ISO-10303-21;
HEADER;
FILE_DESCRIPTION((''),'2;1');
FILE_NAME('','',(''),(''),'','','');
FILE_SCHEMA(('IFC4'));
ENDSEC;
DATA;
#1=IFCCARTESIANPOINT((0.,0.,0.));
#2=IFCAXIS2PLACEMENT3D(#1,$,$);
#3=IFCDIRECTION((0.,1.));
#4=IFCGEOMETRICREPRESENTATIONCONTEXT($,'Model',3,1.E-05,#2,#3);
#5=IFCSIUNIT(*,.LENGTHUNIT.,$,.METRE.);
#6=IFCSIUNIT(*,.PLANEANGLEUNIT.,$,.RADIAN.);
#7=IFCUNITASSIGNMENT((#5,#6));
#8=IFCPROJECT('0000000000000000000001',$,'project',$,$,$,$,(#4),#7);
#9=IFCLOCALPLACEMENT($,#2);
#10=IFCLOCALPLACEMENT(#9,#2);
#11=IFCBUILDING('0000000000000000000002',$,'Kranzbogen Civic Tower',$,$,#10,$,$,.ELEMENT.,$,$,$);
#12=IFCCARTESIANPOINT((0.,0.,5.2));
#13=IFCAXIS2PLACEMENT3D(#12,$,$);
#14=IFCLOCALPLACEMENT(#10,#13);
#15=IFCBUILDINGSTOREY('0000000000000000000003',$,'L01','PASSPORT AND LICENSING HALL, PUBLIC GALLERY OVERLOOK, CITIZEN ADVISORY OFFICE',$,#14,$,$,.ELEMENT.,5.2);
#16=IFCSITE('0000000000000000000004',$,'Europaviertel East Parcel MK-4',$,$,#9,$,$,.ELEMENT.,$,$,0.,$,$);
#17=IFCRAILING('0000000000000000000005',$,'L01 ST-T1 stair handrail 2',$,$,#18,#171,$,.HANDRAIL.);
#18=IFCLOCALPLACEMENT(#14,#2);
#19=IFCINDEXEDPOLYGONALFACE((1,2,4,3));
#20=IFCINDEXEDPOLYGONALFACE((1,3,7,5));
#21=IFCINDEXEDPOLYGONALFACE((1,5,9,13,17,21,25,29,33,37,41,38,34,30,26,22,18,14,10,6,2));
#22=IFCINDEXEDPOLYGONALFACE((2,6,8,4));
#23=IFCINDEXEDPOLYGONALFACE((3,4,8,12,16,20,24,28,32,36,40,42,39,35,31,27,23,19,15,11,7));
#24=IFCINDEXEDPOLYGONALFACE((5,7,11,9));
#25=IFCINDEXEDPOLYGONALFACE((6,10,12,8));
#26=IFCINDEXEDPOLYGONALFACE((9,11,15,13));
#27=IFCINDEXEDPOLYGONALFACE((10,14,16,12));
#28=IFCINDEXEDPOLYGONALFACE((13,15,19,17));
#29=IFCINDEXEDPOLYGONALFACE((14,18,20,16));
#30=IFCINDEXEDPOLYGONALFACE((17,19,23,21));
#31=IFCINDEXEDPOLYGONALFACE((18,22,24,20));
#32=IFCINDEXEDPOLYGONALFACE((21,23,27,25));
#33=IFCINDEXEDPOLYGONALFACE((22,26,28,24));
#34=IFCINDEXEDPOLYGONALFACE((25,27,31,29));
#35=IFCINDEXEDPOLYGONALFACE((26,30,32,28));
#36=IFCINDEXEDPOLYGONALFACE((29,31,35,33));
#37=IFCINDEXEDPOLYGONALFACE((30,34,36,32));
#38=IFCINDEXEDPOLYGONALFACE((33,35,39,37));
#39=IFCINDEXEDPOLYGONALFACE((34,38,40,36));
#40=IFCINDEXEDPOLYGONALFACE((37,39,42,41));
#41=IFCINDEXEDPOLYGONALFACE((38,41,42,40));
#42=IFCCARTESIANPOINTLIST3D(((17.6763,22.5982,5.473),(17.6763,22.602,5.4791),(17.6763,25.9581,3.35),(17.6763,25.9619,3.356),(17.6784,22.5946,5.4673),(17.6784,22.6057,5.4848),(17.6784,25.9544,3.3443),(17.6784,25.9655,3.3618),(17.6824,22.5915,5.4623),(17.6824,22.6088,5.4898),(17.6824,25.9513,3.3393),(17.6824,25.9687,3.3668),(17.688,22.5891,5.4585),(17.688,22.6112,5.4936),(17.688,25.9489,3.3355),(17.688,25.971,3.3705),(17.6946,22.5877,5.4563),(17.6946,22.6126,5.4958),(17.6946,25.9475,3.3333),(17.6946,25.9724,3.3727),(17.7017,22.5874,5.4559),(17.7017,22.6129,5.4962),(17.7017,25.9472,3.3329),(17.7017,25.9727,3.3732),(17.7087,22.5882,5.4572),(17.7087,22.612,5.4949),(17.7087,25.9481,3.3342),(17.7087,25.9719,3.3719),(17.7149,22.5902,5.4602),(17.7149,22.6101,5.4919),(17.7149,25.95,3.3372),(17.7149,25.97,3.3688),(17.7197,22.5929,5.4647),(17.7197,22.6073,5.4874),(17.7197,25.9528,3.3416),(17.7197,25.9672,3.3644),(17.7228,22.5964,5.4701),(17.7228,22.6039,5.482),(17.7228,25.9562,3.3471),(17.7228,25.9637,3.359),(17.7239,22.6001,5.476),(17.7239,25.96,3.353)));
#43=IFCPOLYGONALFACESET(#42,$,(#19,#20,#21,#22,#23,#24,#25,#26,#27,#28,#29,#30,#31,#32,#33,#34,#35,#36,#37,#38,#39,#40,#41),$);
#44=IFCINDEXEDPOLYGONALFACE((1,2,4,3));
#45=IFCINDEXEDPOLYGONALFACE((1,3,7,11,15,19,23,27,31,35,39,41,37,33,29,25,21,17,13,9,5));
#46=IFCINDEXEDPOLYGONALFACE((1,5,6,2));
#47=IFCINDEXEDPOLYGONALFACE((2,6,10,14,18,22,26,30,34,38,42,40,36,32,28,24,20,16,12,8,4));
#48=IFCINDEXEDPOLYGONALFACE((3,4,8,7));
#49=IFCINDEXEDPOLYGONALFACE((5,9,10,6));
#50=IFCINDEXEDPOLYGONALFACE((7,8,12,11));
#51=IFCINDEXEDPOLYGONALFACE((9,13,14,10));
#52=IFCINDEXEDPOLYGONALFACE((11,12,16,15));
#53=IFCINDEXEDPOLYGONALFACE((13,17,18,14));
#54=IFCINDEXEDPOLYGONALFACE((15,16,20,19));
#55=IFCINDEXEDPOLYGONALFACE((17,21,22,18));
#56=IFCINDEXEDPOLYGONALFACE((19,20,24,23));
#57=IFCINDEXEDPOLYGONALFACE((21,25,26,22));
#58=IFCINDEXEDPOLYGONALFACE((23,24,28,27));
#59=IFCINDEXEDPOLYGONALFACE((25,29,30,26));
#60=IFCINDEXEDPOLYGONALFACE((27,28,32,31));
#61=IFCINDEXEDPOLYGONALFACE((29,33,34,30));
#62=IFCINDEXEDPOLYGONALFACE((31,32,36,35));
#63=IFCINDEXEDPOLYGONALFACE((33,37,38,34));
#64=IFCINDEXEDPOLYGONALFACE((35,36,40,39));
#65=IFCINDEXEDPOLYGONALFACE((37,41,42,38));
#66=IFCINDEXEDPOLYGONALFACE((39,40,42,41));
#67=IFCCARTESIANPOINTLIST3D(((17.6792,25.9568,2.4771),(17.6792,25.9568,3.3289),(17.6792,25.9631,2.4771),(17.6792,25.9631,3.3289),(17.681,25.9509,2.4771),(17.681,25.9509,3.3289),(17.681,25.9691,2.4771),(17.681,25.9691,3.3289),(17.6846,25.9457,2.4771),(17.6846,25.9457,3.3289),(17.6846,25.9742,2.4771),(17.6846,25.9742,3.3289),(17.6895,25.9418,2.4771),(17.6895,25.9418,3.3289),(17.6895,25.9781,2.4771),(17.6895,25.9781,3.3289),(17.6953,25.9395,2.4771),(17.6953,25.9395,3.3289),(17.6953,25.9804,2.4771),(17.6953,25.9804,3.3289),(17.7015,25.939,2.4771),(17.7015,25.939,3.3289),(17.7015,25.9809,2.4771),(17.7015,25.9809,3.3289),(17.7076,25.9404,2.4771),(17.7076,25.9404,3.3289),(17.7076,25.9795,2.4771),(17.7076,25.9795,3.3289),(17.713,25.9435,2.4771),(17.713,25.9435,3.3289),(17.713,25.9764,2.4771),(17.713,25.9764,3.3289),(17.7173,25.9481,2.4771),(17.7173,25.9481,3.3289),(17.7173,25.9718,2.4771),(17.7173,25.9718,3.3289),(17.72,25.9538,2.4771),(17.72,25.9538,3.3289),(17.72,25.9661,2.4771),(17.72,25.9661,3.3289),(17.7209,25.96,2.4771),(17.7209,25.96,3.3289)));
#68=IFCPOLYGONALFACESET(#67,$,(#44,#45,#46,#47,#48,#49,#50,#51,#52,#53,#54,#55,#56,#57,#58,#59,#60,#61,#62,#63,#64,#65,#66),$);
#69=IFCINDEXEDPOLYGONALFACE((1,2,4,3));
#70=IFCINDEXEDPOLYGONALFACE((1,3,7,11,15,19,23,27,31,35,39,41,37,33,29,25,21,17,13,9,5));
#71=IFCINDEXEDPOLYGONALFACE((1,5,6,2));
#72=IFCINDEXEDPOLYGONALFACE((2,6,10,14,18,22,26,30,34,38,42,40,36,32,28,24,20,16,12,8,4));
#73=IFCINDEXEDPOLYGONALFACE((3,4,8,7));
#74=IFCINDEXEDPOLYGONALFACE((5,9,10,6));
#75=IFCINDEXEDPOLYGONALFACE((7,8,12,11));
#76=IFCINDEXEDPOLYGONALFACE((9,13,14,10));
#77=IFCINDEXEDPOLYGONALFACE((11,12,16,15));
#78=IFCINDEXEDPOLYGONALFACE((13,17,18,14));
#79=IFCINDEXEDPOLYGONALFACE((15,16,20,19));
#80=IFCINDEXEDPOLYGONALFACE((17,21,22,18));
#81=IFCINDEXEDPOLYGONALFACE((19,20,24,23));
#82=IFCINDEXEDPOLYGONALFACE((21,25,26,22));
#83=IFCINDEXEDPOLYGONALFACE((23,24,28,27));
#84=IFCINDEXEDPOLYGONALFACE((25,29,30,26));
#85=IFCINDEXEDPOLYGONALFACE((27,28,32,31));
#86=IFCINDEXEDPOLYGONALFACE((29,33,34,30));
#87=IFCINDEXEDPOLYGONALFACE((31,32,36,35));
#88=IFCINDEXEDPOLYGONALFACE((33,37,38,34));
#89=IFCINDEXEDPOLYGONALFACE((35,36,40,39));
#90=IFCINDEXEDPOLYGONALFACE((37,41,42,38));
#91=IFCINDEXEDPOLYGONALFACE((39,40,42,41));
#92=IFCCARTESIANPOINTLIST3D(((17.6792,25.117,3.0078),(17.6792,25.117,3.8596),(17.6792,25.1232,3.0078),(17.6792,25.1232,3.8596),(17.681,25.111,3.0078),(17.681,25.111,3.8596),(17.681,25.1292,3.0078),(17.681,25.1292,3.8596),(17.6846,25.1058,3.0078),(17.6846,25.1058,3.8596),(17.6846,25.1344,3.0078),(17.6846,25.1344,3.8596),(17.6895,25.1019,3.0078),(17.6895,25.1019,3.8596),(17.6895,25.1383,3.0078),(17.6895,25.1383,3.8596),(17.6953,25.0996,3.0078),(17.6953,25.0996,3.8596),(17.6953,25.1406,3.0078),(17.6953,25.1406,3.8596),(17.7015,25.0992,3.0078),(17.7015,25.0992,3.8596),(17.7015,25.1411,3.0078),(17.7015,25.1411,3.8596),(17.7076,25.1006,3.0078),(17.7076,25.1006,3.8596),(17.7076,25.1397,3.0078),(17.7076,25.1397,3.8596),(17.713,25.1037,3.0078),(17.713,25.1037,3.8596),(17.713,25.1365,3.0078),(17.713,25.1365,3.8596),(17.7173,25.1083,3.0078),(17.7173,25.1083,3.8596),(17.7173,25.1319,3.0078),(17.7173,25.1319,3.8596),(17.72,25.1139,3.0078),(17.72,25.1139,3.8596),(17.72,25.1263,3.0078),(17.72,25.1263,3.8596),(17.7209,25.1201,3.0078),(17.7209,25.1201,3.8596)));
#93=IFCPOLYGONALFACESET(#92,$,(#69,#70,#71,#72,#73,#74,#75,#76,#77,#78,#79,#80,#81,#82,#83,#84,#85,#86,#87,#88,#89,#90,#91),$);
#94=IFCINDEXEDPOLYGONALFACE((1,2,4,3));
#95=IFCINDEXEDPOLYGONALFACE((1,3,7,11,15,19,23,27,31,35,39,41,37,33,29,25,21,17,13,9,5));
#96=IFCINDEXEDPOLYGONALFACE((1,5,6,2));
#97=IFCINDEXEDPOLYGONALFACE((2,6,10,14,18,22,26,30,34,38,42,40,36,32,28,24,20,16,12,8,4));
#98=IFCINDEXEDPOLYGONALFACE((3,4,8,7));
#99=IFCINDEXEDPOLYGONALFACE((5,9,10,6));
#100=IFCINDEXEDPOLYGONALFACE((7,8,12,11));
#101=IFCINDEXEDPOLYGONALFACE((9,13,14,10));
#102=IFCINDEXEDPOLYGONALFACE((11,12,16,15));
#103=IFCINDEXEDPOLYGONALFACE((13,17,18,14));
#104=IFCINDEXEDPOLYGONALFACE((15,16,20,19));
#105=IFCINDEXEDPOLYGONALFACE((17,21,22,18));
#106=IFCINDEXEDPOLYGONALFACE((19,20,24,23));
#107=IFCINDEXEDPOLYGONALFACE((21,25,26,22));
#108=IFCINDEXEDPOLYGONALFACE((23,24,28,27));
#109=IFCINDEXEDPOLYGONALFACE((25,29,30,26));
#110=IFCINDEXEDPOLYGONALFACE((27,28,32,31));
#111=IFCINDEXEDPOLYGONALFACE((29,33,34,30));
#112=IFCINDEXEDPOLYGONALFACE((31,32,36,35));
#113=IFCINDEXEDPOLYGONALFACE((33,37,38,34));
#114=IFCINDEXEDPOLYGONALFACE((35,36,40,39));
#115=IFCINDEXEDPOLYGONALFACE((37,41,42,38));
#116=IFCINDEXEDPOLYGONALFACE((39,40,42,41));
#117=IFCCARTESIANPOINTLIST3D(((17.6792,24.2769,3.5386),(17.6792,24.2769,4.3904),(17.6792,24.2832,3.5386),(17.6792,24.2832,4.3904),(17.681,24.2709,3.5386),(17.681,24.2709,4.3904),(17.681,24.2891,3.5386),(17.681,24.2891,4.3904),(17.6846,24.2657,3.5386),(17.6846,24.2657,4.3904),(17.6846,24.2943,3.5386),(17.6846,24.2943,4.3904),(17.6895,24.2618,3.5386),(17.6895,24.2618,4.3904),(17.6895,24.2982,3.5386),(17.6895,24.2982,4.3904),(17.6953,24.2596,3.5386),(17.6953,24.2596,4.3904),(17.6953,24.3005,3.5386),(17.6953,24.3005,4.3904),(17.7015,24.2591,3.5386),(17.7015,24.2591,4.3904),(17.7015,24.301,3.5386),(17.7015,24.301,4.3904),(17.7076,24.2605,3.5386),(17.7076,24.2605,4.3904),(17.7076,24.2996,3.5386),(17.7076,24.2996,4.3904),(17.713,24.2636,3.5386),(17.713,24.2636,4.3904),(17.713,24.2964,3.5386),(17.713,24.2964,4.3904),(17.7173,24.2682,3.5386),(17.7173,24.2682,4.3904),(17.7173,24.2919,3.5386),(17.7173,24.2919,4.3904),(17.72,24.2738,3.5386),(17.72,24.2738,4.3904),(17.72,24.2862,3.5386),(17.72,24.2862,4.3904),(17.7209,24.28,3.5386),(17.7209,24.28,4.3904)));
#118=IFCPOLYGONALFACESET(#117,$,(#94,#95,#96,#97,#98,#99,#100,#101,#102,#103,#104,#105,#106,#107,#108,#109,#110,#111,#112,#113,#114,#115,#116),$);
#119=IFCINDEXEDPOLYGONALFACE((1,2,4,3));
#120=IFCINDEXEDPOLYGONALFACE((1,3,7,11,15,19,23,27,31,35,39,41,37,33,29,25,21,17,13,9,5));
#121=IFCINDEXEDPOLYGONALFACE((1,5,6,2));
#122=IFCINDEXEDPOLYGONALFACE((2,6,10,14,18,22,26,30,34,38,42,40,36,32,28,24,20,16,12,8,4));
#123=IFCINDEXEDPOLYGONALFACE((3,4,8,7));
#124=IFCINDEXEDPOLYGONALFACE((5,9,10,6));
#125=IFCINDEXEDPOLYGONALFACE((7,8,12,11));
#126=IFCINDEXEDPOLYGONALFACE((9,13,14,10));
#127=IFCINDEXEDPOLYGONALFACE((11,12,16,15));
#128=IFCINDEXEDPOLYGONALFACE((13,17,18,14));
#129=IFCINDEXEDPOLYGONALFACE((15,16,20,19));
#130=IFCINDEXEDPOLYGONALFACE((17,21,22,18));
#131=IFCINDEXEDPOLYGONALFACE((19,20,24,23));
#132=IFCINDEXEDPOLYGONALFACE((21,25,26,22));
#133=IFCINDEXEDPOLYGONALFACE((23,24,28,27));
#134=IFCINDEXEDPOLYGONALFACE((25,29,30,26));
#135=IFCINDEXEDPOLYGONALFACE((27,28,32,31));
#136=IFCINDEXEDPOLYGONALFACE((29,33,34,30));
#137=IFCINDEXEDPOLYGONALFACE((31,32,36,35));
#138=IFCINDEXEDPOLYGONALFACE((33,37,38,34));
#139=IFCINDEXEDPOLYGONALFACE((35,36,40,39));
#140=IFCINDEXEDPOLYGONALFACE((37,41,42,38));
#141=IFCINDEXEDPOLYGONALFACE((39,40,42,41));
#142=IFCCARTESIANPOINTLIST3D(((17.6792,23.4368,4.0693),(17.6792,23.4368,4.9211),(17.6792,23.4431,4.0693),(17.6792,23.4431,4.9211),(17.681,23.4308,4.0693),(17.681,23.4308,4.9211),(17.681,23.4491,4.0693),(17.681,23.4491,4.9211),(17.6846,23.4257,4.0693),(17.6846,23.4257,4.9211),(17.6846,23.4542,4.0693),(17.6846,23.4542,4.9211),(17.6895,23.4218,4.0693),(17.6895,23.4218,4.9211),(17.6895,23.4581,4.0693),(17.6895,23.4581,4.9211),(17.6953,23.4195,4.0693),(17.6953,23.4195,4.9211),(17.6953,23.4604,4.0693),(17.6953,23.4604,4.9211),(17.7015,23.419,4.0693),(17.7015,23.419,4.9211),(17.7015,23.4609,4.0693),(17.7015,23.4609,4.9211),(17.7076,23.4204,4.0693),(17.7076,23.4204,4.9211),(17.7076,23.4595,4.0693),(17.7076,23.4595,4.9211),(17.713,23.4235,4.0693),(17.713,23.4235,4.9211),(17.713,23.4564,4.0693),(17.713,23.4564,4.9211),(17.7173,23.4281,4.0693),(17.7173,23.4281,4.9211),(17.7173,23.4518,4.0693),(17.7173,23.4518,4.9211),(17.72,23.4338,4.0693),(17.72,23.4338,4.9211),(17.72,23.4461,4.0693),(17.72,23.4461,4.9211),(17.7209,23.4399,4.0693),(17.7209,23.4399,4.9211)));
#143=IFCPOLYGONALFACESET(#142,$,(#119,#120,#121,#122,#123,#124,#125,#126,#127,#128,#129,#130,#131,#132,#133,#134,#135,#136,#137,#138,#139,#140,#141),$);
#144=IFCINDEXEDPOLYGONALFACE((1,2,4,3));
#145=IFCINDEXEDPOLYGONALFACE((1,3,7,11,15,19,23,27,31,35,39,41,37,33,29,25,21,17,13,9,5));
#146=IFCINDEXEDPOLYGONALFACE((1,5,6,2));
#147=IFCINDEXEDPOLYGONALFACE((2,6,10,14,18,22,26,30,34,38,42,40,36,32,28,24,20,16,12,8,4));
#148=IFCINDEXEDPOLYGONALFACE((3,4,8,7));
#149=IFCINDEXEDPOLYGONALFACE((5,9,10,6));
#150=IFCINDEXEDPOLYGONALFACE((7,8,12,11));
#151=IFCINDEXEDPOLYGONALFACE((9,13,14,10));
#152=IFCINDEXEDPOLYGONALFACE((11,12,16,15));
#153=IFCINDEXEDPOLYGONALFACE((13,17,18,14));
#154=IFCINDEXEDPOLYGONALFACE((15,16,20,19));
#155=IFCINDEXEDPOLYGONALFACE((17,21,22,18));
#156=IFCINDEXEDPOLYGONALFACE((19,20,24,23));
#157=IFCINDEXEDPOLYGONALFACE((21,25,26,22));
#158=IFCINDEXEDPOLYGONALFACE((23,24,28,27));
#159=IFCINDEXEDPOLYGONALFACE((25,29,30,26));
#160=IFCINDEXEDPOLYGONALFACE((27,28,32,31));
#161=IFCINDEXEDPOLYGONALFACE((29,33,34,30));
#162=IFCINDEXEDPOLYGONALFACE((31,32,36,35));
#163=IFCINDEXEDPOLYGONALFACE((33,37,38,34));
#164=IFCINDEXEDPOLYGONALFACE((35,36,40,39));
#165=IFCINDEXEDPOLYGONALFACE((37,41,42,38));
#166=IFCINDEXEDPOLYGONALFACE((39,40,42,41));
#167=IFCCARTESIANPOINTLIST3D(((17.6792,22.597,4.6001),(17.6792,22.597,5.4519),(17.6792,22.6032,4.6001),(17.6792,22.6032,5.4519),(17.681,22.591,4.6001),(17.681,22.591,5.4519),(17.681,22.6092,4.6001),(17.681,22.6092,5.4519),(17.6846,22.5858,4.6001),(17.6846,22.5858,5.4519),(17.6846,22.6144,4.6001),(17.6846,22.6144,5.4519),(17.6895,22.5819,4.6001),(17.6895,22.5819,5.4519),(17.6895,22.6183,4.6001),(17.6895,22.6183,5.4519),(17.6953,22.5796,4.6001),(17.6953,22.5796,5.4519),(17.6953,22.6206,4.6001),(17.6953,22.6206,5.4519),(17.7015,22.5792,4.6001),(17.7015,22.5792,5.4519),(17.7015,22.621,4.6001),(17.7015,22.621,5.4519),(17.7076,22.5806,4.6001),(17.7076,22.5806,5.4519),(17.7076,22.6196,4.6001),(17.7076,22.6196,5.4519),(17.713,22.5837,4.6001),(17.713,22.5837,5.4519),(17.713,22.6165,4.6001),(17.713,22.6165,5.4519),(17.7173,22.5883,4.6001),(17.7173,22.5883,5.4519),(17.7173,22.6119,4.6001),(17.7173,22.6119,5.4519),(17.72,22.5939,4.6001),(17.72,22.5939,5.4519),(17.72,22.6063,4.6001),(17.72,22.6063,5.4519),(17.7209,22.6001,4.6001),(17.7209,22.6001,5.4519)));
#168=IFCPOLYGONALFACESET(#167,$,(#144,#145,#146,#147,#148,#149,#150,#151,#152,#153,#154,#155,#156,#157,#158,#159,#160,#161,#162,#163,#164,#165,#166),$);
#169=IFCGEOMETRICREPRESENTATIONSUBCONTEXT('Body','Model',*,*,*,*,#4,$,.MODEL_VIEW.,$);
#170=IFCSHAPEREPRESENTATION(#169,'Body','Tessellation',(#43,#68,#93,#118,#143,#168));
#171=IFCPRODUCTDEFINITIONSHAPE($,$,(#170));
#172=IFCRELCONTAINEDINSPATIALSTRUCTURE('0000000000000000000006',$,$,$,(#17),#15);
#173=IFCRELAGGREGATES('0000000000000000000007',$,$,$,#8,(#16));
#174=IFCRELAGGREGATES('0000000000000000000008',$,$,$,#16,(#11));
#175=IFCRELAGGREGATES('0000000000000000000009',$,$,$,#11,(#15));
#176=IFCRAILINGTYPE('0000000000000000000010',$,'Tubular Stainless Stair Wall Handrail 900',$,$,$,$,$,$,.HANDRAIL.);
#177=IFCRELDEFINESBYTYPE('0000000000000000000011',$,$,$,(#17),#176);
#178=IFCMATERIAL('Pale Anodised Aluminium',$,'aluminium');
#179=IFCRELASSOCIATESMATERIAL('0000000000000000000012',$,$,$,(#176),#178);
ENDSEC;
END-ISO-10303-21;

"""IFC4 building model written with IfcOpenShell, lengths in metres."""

from ifc_helpers import new_model, si_unit, direction, frame, origin, origin_2d, place, context, subcontext, project, spatial, circle, extrude, material, type_object, element, save


model = new_model("IFC4")

# Units and contexts
model_context = context("Model", 3, precision=1e-05, world=origin(), true_north=direction((0.0, 1.0)))
body_context = subcontext(model_context, "Body", "Model", "MODEL_VIEW")
ifc_project = project(units=[si_unit("LENGTHUNIT", "METRE"), si_unit("PLANEANGLEUNIT", "RADIAN")], contexts=[model_context])

# Site, building, storey
site_placement = place(None, origin())
site = spatial("IfcSite", under=ifc_project, at=site_placement, Name="Europaviertel East Parcel MK-4", CompositionType="ELEMENT", RefElevation=0.0)
building_placement = place(site_placement, origin())
building = spatial("IfcBuilding", under=site, at=building_placement, Name="Kranzbogen Civic Tower", CompositionType="ELEMENT")
storey_placement = place(building_placement, frame((0.0, 0.0, 5.2)))
storey = spatial("IfcBuildingStorey", under=building, at=storey_placement, Name="L01", Description="PASSPORT AND LICENSING HALL, PUBLIC GALLERY OVERLOOK, CITIZEN ADVISORY OFFICE", CompositionType="ELEMENT", Elevation=5.2)

# Shared definitions
ifc_material_1 = material(Name="Pale Anodised Aluminium", Category="aluminium")

# Railing
railing_type_1 = type_object("IfcRailingType", Name="Tubular Stainless Stair Wall Handrail 900", PredefinedType="HANDRAIL", material=ifc_material_1)
railing_1_placement = place(storey_placement, frame((17.7, 25.96, 2.4771)))
element("IfcRailing", 1, at=railing_1_placement, inside=storey, type_object=railing_type_1, Name="L01 ST-T1 stair handrail 2", PredefinedType="HANDRAIL", context=body_context, shape_type="SweptSolid", body=[
    extrude(circle(Radius=0.0239, at=origin_2d()), frame((0.0, 0.0, 0.876), z_axis=(0.0, -0.845372, 0.534178), x_axis=(1.0, 0.0, 0.0)), (0.0, 0.0, 1.0), 3.9744),
    extrude(circle(Radius=0.021, at=origin_2d()), origin(), (0.0, 0.0, 1.0), 0.8518),
    extrude(circle(Radius=0.021, at=origin_2d()), frame((0.0, -0.8398, 0.5308)), (0.0, 0.0, 1.0), 0.8518),
    extrude(circle(Radius=0.021, at=origin_2d()), frame((0.0, -1.6799, 1.0615)), (0.0, 0.0, 1.0), 0.8518),
    extrude(circle(Radius=0.021, at=origin_2d()), frame((0.0, -2.52, 1.5923)), (0.0, 0.0, 1.0), 0.8518),
    extrude(circle(Radius=0.021, at=origin_2d()), frame((0.0, -3.3599, 2.123)), (0.0, 0.0, 1.0), 0.8518),
])

save(model, "model.ifc")
